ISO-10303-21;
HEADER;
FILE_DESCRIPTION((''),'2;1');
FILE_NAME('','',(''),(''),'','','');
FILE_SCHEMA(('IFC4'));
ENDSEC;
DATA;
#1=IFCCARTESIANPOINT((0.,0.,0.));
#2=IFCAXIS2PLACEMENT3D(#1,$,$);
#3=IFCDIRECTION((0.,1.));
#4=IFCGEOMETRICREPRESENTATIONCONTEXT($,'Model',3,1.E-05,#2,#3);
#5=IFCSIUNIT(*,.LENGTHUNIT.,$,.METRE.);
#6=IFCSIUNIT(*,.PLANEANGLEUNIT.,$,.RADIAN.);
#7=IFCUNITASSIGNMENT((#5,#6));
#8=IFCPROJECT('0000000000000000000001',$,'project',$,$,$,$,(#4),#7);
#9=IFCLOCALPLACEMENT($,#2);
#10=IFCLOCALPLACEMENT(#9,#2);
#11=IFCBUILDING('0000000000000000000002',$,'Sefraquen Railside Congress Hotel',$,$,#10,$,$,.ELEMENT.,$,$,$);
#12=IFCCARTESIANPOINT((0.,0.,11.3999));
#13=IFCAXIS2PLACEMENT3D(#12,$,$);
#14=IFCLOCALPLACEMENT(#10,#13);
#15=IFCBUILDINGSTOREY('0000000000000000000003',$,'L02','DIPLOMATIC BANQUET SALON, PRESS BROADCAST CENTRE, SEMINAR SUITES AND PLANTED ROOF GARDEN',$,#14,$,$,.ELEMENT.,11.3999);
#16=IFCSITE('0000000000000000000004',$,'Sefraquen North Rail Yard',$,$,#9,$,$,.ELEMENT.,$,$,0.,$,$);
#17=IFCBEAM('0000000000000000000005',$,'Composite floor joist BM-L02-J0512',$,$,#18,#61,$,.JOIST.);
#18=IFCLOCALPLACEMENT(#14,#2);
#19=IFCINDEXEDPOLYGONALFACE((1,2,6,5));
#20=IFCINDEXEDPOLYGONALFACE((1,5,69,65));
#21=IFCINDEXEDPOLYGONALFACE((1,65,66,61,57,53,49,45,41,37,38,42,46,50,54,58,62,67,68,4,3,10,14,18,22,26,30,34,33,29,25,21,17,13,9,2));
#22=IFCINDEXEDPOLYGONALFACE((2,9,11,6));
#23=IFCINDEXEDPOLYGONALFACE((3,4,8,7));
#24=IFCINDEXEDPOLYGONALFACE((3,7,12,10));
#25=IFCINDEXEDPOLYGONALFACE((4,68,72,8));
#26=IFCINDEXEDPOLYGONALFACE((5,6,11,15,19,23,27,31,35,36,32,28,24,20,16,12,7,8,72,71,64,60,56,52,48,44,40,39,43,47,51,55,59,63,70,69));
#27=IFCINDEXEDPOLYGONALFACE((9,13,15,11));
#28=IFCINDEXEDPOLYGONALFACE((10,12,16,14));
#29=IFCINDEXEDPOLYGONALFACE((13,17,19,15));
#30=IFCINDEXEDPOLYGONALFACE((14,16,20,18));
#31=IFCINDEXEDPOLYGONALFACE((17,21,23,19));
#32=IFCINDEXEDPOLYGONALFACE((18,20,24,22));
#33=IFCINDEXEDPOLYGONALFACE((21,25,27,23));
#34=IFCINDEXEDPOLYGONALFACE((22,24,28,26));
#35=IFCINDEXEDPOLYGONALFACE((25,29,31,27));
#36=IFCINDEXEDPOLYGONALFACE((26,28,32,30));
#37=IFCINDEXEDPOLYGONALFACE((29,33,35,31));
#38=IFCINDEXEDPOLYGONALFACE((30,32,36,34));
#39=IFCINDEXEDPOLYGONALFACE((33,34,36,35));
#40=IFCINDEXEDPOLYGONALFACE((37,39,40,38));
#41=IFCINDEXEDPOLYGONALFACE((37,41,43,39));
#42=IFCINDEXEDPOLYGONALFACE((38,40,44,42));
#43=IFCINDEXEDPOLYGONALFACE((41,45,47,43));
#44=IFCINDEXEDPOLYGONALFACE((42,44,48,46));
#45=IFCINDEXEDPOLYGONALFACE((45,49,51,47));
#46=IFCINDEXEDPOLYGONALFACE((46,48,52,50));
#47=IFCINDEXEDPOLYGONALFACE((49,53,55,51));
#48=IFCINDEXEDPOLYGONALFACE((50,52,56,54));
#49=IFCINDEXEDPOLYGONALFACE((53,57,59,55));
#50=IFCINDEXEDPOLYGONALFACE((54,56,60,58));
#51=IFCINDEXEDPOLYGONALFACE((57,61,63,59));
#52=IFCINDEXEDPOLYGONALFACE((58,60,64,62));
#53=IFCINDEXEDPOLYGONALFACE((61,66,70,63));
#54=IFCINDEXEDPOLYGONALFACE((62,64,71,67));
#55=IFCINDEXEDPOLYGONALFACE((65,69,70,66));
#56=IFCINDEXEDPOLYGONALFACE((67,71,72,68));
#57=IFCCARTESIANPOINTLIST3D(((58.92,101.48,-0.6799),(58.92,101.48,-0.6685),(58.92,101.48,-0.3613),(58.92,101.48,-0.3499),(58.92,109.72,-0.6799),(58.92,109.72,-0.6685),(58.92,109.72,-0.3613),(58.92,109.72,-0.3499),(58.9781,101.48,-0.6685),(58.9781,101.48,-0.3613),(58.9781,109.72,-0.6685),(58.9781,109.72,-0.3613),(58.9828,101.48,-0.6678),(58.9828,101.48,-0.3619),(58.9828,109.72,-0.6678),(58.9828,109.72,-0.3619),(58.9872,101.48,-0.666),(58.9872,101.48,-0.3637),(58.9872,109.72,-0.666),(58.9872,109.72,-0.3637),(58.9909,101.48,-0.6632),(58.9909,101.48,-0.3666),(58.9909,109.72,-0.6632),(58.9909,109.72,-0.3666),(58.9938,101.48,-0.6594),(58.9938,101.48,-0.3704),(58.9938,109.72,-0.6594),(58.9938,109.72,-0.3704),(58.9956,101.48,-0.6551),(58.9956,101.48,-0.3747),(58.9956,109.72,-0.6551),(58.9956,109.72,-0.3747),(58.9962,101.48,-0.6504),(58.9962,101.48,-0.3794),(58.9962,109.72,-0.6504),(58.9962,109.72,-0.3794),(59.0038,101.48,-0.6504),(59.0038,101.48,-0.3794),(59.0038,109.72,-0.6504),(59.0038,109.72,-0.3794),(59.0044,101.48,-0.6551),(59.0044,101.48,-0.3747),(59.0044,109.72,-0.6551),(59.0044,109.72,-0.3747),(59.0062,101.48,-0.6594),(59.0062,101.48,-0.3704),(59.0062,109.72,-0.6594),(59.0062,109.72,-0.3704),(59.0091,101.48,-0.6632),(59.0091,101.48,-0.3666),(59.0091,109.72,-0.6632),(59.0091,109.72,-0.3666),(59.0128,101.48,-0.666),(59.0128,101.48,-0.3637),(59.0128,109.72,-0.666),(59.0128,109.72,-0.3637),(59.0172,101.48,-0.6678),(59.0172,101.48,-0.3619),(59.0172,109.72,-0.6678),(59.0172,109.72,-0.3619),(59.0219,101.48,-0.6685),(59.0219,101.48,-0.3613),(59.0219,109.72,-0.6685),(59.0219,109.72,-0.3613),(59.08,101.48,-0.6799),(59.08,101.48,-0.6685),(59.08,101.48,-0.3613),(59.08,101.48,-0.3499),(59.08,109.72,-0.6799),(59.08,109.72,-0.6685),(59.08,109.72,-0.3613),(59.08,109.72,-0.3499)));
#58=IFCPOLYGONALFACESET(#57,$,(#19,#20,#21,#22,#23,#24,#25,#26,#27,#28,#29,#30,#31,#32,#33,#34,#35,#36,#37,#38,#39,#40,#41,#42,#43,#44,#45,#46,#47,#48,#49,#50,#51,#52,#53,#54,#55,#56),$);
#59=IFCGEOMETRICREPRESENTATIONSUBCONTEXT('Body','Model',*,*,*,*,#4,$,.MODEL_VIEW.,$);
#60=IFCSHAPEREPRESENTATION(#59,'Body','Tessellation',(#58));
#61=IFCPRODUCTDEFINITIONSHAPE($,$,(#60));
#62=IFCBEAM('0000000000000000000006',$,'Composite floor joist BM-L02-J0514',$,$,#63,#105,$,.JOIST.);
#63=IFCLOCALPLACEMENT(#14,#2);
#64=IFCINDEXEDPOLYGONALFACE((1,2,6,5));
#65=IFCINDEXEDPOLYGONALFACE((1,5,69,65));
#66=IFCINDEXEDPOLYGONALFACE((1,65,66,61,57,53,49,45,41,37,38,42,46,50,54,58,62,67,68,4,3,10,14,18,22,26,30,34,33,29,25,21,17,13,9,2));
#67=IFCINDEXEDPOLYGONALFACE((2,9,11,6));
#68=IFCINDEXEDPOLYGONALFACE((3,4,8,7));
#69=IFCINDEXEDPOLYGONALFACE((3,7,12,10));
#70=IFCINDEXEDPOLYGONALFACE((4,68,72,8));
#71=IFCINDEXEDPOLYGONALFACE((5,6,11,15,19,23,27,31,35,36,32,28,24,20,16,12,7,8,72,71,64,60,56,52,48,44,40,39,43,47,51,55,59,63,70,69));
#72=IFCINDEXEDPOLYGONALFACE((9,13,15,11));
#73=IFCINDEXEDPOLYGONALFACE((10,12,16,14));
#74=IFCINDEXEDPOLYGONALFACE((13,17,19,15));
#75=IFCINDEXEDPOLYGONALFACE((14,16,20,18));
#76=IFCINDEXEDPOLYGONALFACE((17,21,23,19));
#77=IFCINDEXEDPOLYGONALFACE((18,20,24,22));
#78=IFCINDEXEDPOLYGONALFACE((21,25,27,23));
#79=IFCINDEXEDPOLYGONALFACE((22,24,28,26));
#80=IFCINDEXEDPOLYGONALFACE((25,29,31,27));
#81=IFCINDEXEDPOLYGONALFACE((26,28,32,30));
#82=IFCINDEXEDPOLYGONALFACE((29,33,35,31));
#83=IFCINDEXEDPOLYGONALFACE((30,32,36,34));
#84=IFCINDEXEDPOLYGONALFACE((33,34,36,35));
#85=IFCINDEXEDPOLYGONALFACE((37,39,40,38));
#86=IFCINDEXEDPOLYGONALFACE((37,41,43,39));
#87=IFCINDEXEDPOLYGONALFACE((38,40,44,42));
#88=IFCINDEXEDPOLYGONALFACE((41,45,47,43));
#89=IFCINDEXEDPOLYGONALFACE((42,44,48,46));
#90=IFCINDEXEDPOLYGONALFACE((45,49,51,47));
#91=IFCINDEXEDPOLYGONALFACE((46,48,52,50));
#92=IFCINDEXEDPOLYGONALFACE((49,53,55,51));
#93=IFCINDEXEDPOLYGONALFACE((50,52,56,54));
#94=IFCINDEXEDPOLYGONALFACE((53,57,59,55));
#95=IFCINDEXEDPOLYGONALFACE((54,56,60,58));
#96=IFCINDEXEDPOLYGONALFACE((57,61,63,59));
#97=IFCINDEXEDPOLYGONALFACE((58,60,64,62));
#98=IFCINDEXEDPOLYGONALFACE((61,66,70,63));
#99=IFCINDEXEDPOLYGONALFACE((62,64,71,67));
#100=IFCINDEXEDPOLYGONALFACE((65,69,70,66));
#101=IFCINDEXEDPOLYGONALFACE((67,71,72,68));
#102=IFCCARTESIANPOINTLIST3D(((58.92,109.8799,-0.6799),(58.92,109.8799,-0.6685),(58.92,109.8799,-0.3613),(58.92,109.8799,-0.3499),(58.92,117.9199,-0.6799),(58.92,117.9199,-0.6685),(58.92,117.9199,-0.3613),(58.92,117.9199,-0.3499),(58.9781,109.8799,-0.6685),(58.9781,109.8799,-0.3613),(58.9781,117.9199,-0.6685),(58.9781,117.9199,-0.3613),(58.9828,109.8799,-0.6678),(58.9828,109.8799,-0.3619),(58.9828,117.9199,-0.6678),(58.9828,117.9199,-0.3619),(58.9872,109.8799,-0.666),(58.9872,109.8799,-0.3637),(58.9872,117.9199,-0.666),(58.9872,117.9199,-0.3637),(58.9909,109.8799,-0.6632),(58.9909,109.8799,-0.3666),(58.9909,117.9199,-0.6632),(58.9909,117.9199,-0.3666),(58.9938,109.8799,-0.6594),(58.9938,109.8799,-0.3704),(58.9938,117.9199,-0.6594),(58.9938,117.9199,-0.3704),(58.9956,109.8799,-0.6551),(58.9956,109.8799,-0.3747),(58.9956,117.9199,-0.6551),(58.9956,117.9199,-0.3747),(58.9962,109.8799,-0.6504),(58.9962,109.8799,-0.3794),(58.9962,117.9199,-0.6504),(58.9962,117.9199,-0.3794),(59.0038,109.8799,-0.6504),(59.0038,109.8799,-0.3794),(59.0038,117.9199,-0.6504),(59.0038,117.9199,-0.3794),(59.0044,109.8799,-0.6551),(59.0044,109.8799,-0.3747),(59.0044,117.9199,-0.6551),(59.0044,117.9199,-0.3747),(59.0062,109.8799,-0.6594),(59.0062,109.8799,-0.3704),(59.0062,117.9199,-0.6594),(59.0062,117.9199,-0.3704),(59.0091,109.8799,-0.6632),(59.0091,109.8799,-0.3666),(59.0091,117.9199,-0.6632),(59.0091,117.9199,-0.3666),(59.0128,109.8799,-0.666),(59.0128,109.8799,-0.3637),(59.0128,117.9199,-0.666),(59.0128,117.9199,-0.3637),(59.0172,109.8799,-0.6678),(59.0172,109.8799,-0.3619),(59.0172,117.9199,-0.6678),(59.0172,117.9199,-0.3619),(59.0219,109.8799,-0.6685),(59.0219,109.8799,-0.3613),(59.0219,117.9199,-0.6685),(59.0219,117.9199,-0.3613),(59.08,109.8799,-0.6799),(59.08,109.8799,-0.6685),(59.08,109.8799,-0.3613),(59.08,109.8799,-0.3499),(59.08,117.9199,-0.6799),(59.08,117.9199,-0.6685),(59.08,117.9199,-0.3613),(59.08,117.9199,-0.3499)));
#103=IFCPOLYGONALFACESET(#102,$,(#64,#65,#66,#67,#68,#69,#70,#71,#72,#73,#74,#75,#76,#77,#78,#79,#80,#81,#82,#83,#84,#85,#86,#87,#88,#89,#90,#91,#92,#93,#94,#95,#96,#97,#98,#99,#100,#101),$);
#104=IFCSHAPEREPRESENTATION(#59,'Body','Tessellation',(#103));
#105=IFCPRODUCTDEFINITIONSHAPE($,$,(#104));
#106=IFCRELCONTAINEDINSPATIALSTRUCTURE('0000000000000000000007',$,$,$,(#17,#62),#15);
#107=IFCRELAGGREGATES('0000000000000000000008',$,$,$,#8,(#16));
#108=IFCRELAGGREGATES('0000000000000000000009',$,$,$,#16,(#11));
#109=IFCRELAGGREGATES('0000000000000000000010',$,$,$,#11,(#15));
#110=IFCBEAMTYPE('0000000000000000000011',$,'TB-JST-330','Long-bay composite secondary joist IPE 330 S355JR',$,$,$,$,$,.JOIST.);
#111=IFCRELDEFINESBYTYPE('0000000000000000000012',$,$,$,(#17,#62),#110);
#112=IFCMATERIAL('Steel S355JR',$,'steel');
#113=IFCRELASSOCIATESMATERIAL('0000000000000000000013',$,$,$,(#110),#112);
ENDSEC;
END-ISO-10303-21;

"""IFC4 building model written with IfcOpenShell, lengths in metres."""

from ifc_helpers import new_model, si_unit, direction, frame, origin, origin_2d, place, context, subcontext, project, spatial, i_section, extrude, material, material_profile, profile_set, type_object, element, save


model = new_model("IFC4")

# Units and contexts
model_context = context("Model", 3, precision=1e-05, world=origin(), true_north=direction((0.0, 1.0)))
body_context = subcontext(model_context, "Body", "Model", "MODEL_VIEW")
ifc_project = project(units=[si_unit("LENGTHUNIT", "METRE"), si_unit("PLANEANGLEUNIT", "RADIAN")], contexts=[model_context])

# Site, building, storey
site_placement = place(None, origin())
site = spatial("IfcSite", under=ifc_project, at=site_placement, Name="Sefraquen North Rail Yard", CompositionType="ELEMENT", RefElevation=0.0)
building_placement = place(site_placement, origin())
building = spatial("IfcBuilding", under=site, at=building_placement, Name="Sefraquen Railside Congress Hotel", CompositionType="ELEMENT")
storey_placement = place(building_placement, frame((0.0, 0.0, 11.3999)))
storey = spatial("IfcBuildingStorey", under=building, at=storey_placement, Name="L02", Description="DIPLOMATIC BANQUET SALON, PRESS BROADCAST CENTRE, SEMINAR SUITES AND PLANTED ROOF GARDEN", CompositionType="ELEMENT", Elevation=11.3999)

# Shared definitions
ifc_material = material(Name="Steel S355JR", Category="steel")

# Beams
ifc_material_profile_1 = material_profile(ifc_material, i_section(OverallWidth=0.1599, OverallDepth=0.3301, WebThickness=0.0076, FlangeThickness=0.0115, FilletRadius=0.0181, at=origin_2d()), Name="IPE 330")
ifc_profile_set_1 = profile_set([ifc_material_profile_1], Name="Steel S355JR")
beam_type_1 = type_object("IfcBeamType", Name="TB-JST-330", Description="Long-bay composite secondary joist IPE 330 S355JR", PredefinedType="JOIST", material=ifc_profile_set_1)
beam_1_placement = place(storey_placement, frame((59.0, 101.48, -0.5149), z_axis=(0.0, 1.0, 0.0), x_axis=(-1.0, 0.0, 0.0)))
element("IfcBeam", 1, at=beam_1_placement, inside=storey, type_object=beam_type_1, Name="Composite floor joist BM-L02-J0512", PredefinedType="JOIST", context=body_context, shape_type="SweptSolid", body=[
    extrude(i_section(OverallWidth=0.1599, OverallDepth=0.3301, WebThickness=0.0076, FlangeThickness=0.0115, FilletRadius=0.0181, at=origin_2d()), origin(), (0.0, 0.0, 1.0), 8.24),
])
beam_2_placement = place(storey_placement, frame((59.0, 109.8799, -0.5149), z_axis=(0.0, 1.0, 0.0), x_axis=(-1.0, 0.0, 0.0)))
element("IfcBeam", 2, at=beam_2_placement, inside=storey, type_object=beam_type_1, Name="Composite floor joist BM-L02-J0514", PredefinedType="JOIST", context=body_context, shape_type="SweptSolid", body=[
    extrude(i_section(OverallWidth=0.1599, OverallDepth=0.3301, WebThickness=0.0076, FlangeThickness=0.0115, FilletRadius=0.0181, at=origin_2d()), origin(), (0.0, 0.0, 1.0), 8.04),
])

save(model, "model.ifc")
